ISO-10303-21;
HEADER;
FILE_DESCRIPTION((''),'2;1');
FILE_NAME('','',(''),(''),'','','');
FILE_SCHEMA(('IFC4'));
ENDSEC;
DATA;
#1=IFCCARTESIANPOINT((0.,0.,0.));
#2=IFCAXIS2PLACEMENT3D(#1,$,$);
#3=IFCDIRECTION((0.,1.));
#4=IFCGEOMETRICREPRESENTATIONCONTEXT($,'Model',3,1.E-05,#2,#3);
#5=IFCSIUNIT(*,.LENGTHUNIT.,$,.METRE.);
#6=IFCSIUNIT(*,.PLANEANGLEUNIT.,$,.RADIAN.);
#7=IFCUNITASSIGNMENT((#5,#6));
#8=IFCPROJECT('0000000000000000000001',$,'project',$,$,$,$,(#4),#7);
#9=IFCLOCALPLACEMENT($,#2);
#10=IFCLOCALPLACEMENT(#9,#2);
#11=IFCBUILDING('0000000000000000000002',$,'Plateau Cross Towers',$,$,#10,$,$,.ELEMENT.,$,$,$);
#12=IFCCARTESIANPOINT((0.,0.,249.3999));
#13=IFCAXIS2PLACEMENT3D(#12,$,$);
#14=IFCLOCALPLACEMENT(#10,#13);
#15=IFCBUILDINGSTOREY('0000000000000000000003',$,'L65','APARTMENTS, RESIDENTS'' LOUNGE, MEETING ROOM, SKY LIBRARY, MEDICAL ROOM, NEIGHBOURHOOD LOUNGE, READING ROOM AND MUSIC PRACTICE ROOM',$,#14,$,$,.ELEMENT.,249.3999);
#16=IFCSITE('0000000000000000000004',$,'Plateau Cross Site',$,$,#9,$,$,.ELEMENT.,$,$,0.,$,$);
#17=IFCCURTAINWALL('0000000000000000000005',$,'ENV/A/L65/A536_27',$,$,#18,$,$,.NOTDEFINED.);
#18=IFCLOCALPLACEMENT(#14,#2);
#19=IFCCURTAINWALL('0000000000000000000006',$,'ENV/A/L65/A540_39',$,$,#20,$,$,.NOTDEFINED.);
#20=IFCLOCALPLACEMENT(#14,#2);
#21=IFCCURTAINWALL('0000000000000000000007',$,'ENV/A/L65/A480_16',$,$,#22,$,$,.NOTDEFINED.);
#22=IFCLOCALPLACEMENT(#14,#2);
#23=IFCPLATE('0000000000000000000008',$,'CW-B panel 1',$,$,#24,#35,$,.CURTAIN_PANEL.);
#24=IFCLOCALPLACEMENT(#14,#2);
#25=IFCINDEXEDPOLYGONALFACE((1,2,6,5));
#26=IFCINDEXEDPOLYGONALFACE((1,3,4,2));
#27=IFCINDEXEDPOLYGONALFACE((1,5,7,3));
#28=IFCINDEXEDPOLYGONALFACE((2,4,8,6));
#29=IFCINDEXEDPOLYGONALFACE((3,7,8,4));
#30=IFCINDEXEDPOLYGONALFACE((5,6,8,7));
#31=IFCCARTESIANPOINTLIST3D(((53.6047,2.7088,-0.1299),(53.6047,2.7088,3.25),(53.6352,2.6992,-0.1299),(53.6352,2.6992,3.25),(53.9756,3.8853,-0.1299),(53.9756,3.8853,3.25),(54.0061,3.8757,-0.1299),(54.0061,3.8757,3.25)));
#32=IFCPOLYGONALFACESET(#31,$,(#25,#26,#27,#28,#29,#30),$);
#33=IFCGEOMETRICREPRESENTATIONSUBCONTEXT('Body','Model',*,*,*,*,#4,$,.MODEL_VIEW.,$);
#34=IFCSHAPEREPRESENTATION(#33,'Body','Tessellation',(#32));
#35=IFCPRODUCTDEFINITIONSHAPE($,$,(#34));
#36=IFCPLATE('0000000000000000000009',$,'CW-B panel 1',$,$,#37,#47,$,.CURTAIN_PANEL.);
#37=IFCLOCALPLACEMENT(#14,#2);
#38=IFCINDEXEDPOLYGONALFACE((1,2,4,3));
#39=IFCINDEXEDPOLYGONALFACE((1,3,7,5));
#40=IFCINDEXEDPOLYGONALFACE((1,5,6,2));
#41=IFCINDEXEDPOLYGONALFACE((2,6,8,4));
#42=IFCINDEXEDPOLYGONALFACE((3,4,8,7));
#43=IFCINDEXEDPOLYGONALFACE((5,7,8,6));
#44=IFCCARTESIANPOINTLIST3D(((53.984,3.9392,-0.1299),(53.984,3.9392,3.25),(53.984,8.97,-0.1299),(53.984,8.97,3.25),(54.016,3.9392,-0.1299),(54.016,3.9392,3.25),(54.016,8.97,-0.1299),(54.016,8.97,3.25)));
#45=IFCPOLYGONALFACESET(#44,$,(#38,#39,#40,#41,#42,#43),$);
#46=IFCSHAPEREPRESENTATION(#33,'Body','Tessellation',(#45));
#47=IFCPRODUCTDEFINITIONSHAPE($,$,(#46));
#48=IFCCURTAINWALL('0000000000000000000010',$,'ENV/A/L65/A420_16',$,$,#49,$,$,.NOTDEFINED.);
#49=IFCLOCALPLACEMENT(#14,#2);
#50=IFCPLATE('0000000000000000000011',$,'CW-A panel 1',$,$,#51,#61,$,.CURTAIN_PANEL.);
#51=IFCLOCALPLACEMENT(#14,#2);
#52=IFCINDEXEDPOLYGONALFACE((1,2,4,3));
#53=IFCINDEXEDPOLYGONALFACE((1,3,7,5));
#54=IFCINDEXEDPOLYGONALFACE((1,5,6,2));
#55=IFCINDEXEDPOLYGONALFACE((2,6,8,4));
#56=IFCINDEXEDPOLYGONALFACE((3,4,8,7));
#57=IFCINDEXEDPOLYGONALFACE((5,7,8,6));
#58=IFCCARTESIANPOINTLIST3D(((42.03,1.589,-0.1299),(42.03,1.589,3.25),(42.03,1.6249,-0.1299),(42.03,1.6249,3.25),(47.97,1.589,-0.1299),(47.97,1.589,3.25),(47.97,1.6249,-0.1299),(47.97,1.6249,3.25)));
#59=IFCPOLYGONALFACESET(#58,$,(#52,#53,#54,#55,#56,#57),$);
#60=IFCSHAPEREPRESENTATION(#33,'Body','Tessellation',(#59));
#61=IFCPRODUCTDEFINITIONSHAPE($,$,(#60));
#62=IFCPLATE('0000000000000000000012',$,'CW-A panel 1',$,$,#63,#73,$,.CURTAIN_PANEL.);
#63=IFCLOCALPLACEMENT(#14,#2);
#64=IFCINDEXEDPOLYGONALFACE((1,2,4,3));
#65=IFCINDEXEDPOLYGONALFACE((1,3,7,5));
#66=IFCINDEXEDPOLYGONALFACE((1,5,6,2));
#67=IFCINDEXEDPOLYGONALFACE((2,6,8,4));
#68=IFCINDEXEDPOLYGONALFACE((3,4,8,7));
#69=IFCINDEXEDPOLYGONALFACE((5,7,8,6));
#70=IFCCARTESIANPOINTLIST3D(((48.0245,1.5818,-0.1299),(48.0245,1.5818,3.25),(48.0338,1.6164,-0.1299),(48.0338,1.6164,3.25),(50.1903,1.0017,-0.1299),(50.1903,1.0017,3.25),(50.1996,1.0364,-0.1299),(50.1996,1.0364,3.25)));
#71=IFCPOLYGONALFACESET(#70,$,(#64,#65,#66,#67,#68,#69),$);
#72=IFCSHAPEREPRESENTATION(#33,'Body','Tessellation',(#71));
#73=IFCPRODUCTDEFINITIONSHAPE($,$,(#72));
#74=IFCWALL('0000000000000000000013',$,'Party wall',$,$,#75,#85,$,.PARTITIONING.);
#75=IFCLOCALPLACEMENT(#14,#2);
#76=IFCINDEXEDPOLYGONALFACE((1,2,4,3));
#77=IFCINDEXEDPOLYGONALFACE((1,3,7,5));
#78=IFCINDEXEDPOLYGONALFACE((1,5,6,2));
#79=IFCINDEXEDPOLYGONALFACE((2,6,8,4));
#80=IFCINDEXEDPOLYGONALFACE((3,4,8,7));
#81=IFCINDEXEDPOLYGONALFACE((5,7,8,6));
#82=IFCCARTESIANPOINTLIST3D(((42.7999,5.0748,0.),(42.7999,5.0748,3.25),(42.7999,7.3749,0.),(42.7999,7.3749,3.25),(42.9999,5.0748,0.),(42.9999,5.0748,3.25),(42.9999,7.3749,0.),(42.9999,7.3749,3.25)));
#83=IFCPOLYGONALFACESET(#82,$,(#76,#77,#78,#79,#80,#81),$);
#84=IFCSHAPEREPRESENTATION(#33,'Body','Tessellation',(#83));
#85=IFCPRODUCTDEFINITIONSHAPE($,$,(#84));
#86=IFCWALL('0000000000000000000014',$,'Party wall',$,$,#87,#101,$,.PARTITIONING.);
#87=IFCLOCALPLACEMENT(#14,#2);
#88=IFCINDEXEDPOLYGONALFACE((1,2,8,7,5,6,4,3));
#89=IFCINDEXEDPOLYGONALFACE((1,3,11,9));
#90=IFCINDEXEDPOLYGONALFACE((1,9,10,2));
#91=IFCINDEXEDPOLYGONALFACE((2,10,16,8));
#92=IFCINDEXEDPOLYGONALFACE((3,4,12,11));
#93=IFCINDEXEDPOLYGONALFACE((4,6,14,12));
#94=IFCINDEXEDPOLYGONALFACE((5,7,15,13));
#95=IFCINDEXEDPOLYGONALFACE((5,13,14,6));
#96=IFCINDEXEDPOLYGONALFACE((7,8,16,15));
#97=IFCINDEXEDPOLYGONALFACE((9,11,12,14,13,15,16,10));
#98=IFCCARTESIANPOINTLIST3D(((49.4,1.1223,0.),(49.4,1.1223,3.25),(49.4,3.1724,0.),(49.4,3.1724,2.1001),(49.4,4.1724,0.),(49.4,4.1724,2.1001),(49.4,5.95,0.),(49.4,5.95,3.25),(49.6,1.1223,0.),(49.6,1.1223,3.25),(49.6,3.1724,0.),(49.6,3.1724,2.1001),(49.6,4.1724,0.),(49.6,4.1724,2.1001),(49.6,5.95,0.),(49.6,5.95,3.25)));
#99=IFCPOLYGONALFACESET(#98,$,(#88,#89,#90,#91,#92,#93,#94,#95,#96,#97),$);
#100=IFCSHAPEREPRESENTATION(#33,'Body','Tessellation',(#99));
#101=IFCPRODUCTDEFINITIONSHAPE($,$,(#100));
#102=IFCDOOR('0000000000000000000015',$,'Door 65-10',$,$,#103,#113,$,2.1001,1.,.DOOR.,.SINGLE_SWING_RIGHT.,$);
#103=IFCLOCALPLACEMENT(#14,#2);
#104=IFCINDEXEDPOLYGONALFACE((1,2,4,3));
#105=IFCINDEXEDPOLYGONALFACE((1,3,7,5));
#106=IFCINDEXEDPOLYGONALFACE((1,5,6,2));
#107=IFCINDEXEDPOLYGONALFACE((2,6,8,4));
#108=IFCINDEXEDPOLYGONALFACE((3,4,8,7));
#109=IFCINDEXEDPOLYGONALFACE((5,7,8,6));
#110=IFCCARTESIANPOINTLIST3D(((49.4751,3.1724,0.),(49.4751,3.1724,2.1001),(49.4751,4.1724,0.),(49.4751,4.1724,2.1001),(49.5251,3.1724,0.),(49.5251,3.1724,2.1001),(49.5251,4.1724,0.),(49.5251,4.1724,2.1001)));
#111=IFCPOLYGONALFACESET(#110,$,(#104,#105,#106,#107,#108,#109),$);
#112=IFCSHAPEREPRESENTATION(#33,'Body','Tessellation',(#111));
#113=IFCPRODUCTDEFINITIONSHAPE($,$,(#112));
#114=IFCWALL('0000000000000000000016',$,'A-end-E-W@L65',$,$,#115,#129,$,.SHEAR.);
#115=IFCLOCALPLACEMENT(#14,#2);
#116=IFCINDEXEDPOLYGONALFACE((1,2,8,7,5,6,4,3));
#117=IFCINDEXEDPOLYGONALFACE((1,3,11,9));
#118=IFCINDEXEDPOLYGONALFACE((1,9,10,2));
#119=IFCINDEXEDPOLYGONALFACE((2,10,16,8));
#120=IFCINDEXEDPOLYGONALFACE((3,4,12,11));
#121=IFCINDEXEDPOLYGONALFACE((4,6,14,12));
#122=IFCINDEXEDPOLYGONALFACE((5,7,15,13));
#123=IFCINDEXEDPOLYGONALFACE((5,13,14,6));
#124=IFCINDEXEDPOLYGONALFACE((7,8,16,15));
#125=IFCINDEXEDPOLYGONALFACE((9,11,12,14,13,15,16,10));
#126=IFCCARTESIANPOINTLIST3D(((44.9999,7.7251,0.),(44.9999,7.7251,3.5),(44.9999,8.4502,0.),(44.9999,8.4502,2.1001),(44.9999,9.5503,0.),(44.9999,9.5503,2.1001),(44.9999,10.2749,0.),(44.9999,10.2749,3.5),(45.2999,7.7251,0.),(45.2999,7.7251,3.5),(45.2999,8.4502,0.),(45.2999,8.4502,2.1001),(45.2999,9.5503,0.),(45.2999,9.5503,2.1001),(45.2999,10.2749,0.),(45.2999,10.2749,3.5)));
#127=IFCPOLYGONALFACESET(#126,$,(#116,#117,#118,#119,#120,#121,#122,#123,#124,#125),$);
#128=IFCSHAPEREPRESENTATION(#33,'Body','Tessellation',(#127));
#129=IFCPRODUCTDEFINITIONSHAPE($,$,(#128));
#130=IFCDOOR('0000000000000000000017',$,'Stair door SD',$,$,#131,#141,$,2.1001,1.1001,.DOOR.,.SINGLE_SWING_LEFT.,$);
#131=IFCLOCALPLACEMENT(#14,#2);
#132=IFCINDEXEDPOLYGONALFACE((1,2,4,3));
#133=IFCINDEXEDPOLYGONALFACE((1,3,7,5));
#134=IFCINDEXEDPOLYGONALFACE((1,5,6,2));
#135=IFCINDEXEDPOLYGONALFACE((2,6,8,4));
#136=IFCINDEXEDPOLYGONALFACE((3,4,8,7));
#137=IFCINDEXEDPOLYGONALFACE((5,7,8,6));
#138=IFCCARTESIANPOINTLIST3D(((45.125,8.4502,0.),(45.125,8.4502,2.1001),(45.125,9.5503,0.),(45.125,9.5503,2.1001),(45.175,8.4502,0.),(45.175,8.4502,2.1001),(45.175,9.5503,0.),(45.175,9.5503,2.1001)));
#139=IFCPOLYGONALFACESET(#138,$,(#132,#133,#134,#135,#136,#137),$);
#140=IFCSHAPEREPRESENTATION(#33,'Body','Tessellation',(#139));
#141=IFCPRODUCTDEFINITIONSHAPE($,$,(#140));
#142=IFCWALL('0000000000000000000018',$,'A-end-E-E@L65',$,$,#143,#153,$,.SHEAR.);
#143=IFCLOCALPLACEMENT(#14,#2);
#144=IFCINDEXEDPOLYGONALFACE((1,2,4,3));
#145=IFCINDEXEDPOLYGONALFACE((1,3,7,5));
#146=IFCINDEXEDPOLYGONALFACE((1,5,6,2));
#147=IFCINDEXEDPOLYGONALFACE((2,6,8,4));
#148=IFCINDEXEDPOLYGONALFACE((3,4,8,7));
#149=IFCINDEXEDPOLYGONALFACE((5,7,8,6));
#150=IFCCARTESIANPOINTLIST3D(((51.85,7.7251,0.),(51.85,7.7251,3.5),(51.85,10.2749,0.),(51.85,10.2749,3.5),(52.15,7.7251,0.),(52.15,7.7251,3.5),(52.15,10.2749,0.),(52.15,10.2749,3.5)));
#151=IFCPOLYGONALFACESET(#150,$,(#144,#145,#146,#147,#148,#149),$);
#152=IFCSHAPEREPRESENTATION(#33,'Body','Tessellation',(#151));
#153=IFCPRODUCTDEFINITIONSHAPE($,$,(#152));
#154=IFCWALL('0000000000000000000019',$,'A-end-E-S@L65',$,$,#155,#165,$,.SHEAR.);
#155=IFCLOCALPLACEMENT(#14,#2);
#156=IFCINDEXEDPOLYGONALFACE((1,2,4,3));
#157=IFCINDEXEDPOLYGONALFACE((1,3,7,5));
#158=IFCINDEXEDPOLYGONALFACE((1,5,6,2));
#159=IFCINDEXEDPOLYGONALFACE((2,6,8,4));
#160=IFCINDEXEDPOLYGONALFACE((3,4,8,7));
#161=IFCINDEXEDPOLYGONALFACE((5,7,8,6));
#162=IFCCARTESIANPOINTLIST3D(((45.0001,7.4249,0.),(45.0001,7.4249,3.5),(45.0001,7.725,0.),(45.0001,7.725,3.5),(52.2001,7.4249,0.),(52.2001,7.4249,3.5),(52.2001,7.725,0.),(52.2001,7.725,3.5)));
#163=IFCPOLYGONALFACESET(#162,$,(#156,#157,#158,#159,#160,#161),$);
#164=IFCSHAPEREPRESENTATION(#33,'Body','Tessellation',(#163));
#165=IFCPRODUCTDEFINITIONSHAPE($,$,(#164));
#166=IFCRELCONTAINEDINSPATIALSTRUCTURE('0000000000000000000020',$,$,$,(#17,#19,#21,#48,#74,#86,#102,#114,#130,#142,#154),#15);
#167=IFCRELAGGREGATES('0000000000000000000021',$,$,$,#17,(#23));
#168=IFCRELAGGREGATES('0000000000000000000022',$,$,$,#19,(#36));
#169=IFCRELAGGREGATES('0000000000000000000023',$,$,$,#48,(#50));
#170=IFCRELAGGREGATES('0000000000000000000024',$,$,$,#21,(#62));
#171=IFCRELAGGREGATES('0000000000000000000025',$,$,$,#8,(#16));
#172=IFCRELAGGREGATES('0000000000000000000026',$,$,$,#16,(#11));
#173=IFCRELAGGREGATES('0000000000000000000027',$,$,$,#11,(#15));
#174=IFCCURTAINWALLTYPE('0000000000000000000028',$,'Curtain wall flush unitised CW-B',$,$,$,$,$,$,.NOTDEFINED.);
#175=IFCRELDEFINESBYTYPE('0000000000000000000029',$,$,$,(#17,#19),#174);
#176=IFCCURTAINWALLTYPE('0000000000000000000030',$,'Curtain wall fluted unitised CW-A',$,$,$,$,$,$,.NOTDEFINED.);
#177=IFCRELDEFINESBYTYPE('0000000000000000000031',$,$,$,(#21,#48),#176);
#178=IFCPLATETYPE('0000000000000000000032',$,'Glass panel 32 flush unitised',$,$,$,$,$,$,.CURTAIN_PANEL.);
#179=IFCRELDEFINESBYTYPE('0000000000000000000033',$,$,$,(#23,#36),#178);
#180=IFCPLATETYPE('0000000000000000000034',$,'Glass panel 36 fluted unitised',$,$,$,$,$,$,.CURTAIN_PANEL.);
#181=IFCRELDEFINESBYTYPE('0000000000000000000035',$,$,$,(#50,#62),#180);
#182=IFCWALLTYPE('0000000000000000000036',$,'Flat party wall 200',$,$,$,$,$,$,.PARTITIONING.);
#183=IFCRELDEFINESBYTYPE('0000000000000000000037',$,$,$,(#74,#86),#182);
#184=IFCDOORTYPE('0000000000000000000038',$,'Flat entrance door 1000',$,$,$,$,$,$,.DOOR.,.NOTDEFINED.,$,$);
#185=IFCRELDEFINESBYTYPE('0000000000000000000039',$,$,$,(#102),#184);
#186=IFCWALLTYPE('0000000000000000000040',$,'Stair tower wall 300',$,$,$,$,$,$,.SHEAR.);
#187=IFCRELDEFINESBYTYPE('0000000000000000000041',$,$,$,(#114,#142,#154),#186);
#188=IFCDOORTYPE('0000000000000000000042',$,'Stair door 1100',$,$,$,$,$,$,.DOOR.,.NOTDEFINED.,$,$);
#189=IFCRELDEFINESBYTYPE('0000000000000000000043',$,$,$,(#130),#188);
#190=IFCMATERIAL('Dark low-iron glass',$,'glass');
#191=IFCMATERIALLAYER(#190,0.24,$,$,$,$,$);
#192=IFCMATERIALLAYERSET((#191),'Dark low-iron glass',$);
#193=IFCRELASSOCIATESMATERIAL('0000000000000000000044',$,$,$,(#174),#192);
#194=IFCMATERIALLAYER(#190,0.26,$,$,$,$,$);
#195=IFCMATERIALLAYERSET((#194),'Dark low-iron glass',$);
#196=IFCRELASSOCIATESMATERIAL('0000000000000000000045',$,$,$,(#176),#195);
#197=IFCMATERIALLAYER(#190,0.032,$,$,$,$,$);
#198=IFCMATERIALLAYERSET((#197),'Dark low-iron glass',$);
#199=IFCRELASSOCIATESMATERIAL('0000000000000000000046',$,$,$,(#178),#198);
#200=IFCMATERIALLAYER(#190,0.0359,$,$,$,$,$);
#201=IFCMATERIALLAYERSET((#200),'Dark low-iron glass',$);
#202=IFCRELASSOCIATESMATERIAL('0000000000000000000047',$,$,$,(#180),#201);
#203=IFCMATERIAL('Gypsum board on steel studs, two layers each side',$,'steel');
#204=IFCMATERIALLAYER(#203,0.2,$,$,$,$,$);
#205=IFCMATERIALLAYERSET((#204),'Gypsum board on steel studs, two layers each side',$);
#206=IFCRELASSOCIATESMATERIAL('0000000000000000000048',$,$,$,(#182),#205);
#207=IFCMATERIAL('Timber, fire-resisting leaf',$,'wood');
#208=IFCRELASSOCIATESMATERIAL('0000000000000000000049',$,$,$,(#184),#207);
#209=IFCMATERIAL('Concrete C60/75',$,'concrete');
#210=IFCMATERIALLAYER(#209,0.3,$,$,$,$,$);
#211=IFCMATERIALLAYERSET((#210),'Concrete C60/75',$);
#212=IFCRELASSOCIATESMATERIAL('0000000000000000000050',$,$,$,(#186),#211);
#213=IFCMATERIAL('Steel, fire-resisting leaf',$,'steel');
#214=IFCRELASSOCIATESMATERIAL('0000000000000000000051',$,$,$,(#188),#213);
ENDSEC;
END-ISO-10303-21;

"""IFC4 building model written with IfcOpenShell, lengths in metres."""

from ifc_helpers import new_model, si_unit, direction, frame, frame_2d, origin, origin_2d, place, context, subcontext, project, spatial, rectangle, extrude, material, layer, layer_set, type_object, element, fill, aggregate, save


model = new_model("IFC4")

# Units and contexts
model_context = context("Model", 3, precision=1e-05, world=origin(), true_north=direction((0.0, 1.0)))
body_context = subcontext(model_context, "Body", "Model", "MODEL_VIEW")
ifc_project = project(units=[si_unit("LENGTHUNIT", "METRE"), si_unit("PLANEANGLEUNIT", "RADIAN")], contexts=[model_context])

# Site, building, storey
site_placement = place(None, origin())
site = spatial("IfcSite", under=ifc_project, at=site_placement, Name="Plateau Cross Site", CompositionType="ELEMENT", RefElevation=0.0)
building_placement = place(site_placement, origin())
building = spatial("IfcBuilding", under=site, at=building_placement, Name="Plateau Cross Towers", CompositionType="ELEMENT")
storey_placement = place(building_placement, frame((0.0, 0.0, 249.3999)))
storey = spatial("IfcBuildingStorey", under=building, at=storey_placement, Name="L65", Description="APARTMENTS, RESIDENTS' LOUNGE, MEETING ROOM, SKY LIBRARY, MEDICAL ROOM, NEIGHBOURHOOD LOUNGE, READING ROOM AND MUSIC PRACTICE ROOM", CompositionType="ELEMENT", Elevation=249.3999)

# Shared definitions
ifc_material_1 = material(Name="Concrete C60/75", Category="concrete")

# Shared definitions
ifc_material_2 = material(Name="Dark low-iron glass", Category="glass")
ifc_layer_1 = layer(ifc_material_2, 0.24)
ifc_layer_set_1 = layer_set([ifc_layer_1], Name="Dark low-iron glass")
curtain_wall_type_1 = type_object("IfcCurtainWallType", Name="Curtain wall flush unitised CW-B", PredefinedType="NOTDEFINED", material=ifc_layer_set_1)

# Curtain walls
curtain_wall_1_placement = place(storey_placement, origin())
curtain_wall_1 = element("IfcCurtainWall", 1, at=curtain_wall_1_placement, inside=storey, type_object=curtain_wall_type_1, Name="ENV/A/L65/A536_27", PredefinedType="NOTDEFINED")
curtain_wall_2_placement = place(storey_placement, origin())
curtain_wall_2 = element("IfcCurtainWall", 2, at=curtain_wall_2_placement, inside=storey, type_object=curtain_wall_type_1, Name="ENV/A/L65/A540_39", PredefinedType="NOTDEFINED")
ifc_layer_2 = layer(ifc_material_2, 0.26)
ifc_layer_set_2 = layer_set([ifc_layer_2], Name="Dark low-iron glass")
curtain_wall_type_2 = type_object("IfcCurtainWallType", Name="Curtain wall fluted unitised CW-A", PredefinedType="NOTDEFINED", material=ifc_layer_set_2)
curtain_wall_3_placement = place(storey_placement, origin())
curtain_wall_3 = element("IfcCurtainWall", 3, at=curtain_wall_3_placement, inside=storey, type_object=curtain_wall_type_2, Name="ENV/A/L65/A480_16", PredefinedType="NOTDEFINED")

# Plates
ifc_layer_3 = layer(ifc_material_2, 0.032)
ifc_layer_set_3 = layer_set([ifc_layer_3], Name="Dark low-iron glass")
plate_type_1 = type_object("IfcPlateType", Name="Glass panel 32 flush unitised", PredefinedType="CURTAIN_PANEL", material=ifc_layer_set_3)
plate_1_placement = place(storey_placement, frame((53.8054, 3.2922, -0.1299), z_axis=(0.0, 0.0, 1.0), x_axis=(0.300686, 0.953723, 0.0)))
plate_1 = element("IfcPlate", 4, at=plate_1_placement, type_object=plate_type_1, Name="CW-B panel 1", PredefinedType="CURTAIN_PANEL", context=body_context, shape_type="SweptSolid", body=[
    extrude(rectangle(XDim=1.2336, YDim=0.032, at=origin_2d()), origin(), (0.0, 0.0, 1.0), 3.3799),
])
aggregate(curtain_wall_1, [plate_1])
plate_2_placement = place(storey_placement, frame((54.0, 6.4546, -0.1299), z_axis=(0.0, 0.0, 1.0), x_axis=(0.0, 1.0, 0.0)))
plate_2 = element("IfcPlate", 5, at=plate_2_placement, type_object=plate_type_1, Name="CW-B panel 1", PredefinedType="CURTAIN_PANEL", context=body_context, shape_type="SweptSolid", body=[
    extrude(rectangle(XDim=5.0308, YDim=0.032, at=origin_2d()), origin(), (0.0, 0.0, 1.0), 3.3799),
])
aggregate(curtain_wall_2, [plate_2])

# Curtain wall, plate
curtain_wall_4_placement = place(storey_placement, origin())
curtain_wall_4 = element("IfcCurtainWall", 6, at=curtain_wall_4_placement, inside=storey, type_object=curtain_wall_type_2, Name="ENV/A/L65/A420_16", PredefinedType="NOTDEFINED")
ifc_layer_4 = layer(ifc_material_2, 0.0359)
ifc_layer_set_4 = layer_set([ifc_layer_4], Name="Dark low-iron glass")
plate_type_2 = type_object("IfcPlateType", Name="Glass panel 36 fluted unitised", PredefinedType="CURTAIN_PANEL", material=ifc_layer_set_4)
plate_3_placement = place(storey_placement, frame((45.0, 1.6069, -0.1299), z_axis=(0.0, 0.0, 1.0), x_axis=(1.0, 0.0, 0.0)))
plate_3 = element("IfcPlate", 7, at=plate_3_placement, type_object=plate_type_2, Name="CW-A panel 1", PredefinedType="CURTAIN_PANEL", context=body_context, shape_type="SweptSolid", body=[
    extrude(rectangle(XDim=5.9399, YDim=0.0359, at=origin_2d()), origin(), (0.0, 0.0, 1.0), 3.3799),
])
aggregate(curtain_wall_4, [plate_3])

# Plate
plate_4_placement = place(storey_placement, frame((49.1121, 1.3091, -0.1299), z_axis=(0.0, 0.0, 1.0), x_axis=(0.965958, -0.258699, 0.0)))
plate_4 = element("IfcPlate", 8, at=plate_4_placement, type_object=plate_type_2, Name="CW-A panel 1", PredefinedType="CURTAIN_PANEL", context=body_context, shape_type="SweptSolid", body=[
    extrude(rectangle(XDim=2.2422, YDim=0.0359, at=origin_2d()), origin(), (0.0, 0.0, 1.0), 3.3799),
])
aggregate(curtain_wall_3, [plate_4])

# Wall
ifc_material_3 = material(Name="Gypsum board on steel studs, two layers each side", Category="steel")
ifc_layer_5 = layer(ifc_material_3, 0.2)
ifc_layer_set_5 = layer_set([ifc_layer_5], Name="Gypsum board on steel studs, two layers each side")
wall_type_1 = type_object("IfcWallType", Name="Flat party wall 200", PredefinedType="PARTITIONING", material=ifc_layer_set_5)
wall_1_placement = place(storey_placement, frame((42.8999, 5.075, 0.0), z_axis=(0.0, 0.0, 1.0), x_axis=(0.0, 1.0, 0.0)))
element("IfcWall", 9, at=wall_1_placement, inside=storey, type_object=wall_type_1, Name="Party wall", PredefinedType="PARTITIONING", context=body_context, shape_type="SweptSolid", body=[
    extrude(rectangle(XDim=2.3, YDim=0.2, at=frame_2d((1.1499, 0.0))), origin(), (0.0, 0.0, 1.0), 3.25),
])

# Walls, openings, doors
wall_2_placement = place(storey_placement, frame((49.5, 1.1223, 0.0), z_axis=(0.0, 0.0, 1.0), x_axis=(0.0, 1.0, 0.0)))
wall_2 = element("IfcWall", 10, at=wall_2_placement, inside=storey, type_object=wall_type_1, Name="Party wall", PredefinedType="PARTITIONING", context=body_context, shape_type="SweptSolid", body=[
    extrude(rectangle(XDim=4.8276, YDim=0.2, at=frame_2d((2.4138, 0.0))), origin(), (0.0, 0.0, 1.0), 3.25),
])
opening_1_placement = place(wall_2_placement, frame((2.05, 0.0, 0.0)))
opening_1 = element("IfcOpeningElement", 11, at=opening_1_placement, cuts=wall_2, PredefinedType="OPENING", context=body_context, shape_type="SweptSolid", body=[
    extrude(rectangle(XDim=1.0, YDim=2.1001, at=frame_2d((0.5, 1.05))), frame((0.0, 0.1099, 0.0), z_axis=(0.0, -1.0, 0.0), x_axis=(1.0, 0.0, 0.0)), (0.0, 0.0, 1.0), 0.22),
])
ifc_material_4 = material(Name="Timber, fire-resisting leaf", Category="wood")
door_type_1 = type_object("IfcDoorType", Name="Flat entrance door 1000", OperationType="NOTDEFINED", PredefinedType="DOOR", material=ifc_material_4)
door_1_placement = place(opening_1_placement, origin())
door_1 = element("IfcDoor", 12, at=door_1_placement, inside=storey, type_object=door_type_1, Name="Door 65-10", OperationType="SINGLE_SWING_RIGHT", OverallHeight=2.1001, OverallWidth=1.0, PredefinedType="DOOR", context=body_context, shape_type="SweptSolid", body=[
    extrude(rectangle(XDim=1.0, YDim=2.1001, at=frame_2d((0.5, 1.05))), frame((0.0, 0.0249, 0.0), z_axis=(0.0, -1.0, 0.0), x_axis=(1.0, 0.0, 0.0)), (0.0, 0.0, 1.0), 0.05),
])
fill(opening_1, door_1)
ifc_layer_6 = layer(ifc_material_1, 0.3)
ifc_layer_set_6 = layer_set([ifc_layer_6], Name="Concrete C60/75")
wall_type_2 = type_object("IfcWallType", Name="Stair tower wall 300", PredefinedType="SHEAR", material=ifc_layer_set_6)
wall_3_placement = place(storey_placement, frame((45.1499, 7.7251, 0.0), z_axis=(0.0, 0.0, 1.0), x_axis=(0.0, 1.0, 0.0)))
wall_3 = element("IfcWall", 13, at=wall_3_placement, inside=storey, type_object=wall_type_2, Name="A-end-E-W@L65", PredefinedType="SHEAR", context=body_context, shape_type="SweptSolid", body=[
    extrude(rectangle(XDim=2.5498, YDim=0.3, at=frame_2d((1.2749, 0.0))), origin(), (0.0, 0.0, 1.0), 3.5),
])
opening_2_placement = place(wall_3_placement, frame((0.7251, 0.0, 0.0)))
opening_2 = element("IfcOpeningElement", 14, at=opening_2_placement, cuts=wall_3, PredefinedType="OPENING", context=body_context, shape_type="SweptSolid", body=[
    extrude(rectangle(XDim=1.1001, YDim=2.1001, at=frame_2d((0.55, 1.05))), frame((0.0, 0.1599, 0.0), z_axis=(0.0, -1.0, 0.0), x_axis=(1.0, 0.0, 0.0)), (0.0, 0.0, 1.0), 0.3201),
])
ifc_material_5 = material(Name="Steel, fire-resisting leaf", Category="steel")
door_type_2 = type_object("IfcDoorType", Name="Stair door 1100", OperationType="NOTDEFINED", PredefinedType="DOOR", material=ifc_material_5)
door_2_placement = place(opening_2_placement, origin())
door_2 = element("IfcDoor", 15, at=door_2_placement, inside=storey, type_object=door_type_2, Name="Stair door SD", OperationType="SINGLE_SWING_LEFT", OverallHeight=2.1001, OverallWidth=1.1001, PredefinedType="DOOR", context=body_context, shape_type="SweptSolid", body=[
    extrude(rectangle(XDim=1.1001, YDim=2.1001, at=frame_2d((0.55, 1.05))), frame((0.0, 0.0249, 0.0), z_axis=(0.0, -1.0, 0.0), x_axis=(1.0, 0.0, 0.0)), (0.0, 0.0, 1.0), 0.05),
])
fill(opening_2, door_2)

# Walls
wall_4_placement = place(storey_placement, frame((52.0, 7.7251, 0.0), z_axis=(0.0, 0.0, 1.0), x_axis=(0.0, 1.0, 0.0)))
element("IfcWall", 16, at=wall_4_placement, inside=storey, type_object=wall_type_2, Name="A-end-E-E@L65", PredefinedType="SHEAR", context=body_context, shape_type="SweptSolid", body=[
    extrude(rectangle(XDim=2.5498, YDim=0.3, at=frame_2d((1.2749, 0.0))), origin(), (0.0, 0.0, 1.0), 3.5),
])
wall_5_placement = place(storey_placement, frame((45.0, 7.575, 0.0), z_axis=(0.0, 0.0, 1.0), x_axis=(1.0, 0.0, 0.0)))
element("IfcWall", 17, at=wall_5_placement, inside=storey, type_object=wall_type_2, Name="A-end-E-S@L65", PredefinedType="SHEAR", context=body_context, shape_type="SweptSolid", body=[
    extrude(rectangle(XDim=7.2, YDim=0.3, at=frame_2d((3.6001, 0.0))), origin(), (0.0, 0.0, 1.0), 3.5),
])

save(model, "model.ifc")
